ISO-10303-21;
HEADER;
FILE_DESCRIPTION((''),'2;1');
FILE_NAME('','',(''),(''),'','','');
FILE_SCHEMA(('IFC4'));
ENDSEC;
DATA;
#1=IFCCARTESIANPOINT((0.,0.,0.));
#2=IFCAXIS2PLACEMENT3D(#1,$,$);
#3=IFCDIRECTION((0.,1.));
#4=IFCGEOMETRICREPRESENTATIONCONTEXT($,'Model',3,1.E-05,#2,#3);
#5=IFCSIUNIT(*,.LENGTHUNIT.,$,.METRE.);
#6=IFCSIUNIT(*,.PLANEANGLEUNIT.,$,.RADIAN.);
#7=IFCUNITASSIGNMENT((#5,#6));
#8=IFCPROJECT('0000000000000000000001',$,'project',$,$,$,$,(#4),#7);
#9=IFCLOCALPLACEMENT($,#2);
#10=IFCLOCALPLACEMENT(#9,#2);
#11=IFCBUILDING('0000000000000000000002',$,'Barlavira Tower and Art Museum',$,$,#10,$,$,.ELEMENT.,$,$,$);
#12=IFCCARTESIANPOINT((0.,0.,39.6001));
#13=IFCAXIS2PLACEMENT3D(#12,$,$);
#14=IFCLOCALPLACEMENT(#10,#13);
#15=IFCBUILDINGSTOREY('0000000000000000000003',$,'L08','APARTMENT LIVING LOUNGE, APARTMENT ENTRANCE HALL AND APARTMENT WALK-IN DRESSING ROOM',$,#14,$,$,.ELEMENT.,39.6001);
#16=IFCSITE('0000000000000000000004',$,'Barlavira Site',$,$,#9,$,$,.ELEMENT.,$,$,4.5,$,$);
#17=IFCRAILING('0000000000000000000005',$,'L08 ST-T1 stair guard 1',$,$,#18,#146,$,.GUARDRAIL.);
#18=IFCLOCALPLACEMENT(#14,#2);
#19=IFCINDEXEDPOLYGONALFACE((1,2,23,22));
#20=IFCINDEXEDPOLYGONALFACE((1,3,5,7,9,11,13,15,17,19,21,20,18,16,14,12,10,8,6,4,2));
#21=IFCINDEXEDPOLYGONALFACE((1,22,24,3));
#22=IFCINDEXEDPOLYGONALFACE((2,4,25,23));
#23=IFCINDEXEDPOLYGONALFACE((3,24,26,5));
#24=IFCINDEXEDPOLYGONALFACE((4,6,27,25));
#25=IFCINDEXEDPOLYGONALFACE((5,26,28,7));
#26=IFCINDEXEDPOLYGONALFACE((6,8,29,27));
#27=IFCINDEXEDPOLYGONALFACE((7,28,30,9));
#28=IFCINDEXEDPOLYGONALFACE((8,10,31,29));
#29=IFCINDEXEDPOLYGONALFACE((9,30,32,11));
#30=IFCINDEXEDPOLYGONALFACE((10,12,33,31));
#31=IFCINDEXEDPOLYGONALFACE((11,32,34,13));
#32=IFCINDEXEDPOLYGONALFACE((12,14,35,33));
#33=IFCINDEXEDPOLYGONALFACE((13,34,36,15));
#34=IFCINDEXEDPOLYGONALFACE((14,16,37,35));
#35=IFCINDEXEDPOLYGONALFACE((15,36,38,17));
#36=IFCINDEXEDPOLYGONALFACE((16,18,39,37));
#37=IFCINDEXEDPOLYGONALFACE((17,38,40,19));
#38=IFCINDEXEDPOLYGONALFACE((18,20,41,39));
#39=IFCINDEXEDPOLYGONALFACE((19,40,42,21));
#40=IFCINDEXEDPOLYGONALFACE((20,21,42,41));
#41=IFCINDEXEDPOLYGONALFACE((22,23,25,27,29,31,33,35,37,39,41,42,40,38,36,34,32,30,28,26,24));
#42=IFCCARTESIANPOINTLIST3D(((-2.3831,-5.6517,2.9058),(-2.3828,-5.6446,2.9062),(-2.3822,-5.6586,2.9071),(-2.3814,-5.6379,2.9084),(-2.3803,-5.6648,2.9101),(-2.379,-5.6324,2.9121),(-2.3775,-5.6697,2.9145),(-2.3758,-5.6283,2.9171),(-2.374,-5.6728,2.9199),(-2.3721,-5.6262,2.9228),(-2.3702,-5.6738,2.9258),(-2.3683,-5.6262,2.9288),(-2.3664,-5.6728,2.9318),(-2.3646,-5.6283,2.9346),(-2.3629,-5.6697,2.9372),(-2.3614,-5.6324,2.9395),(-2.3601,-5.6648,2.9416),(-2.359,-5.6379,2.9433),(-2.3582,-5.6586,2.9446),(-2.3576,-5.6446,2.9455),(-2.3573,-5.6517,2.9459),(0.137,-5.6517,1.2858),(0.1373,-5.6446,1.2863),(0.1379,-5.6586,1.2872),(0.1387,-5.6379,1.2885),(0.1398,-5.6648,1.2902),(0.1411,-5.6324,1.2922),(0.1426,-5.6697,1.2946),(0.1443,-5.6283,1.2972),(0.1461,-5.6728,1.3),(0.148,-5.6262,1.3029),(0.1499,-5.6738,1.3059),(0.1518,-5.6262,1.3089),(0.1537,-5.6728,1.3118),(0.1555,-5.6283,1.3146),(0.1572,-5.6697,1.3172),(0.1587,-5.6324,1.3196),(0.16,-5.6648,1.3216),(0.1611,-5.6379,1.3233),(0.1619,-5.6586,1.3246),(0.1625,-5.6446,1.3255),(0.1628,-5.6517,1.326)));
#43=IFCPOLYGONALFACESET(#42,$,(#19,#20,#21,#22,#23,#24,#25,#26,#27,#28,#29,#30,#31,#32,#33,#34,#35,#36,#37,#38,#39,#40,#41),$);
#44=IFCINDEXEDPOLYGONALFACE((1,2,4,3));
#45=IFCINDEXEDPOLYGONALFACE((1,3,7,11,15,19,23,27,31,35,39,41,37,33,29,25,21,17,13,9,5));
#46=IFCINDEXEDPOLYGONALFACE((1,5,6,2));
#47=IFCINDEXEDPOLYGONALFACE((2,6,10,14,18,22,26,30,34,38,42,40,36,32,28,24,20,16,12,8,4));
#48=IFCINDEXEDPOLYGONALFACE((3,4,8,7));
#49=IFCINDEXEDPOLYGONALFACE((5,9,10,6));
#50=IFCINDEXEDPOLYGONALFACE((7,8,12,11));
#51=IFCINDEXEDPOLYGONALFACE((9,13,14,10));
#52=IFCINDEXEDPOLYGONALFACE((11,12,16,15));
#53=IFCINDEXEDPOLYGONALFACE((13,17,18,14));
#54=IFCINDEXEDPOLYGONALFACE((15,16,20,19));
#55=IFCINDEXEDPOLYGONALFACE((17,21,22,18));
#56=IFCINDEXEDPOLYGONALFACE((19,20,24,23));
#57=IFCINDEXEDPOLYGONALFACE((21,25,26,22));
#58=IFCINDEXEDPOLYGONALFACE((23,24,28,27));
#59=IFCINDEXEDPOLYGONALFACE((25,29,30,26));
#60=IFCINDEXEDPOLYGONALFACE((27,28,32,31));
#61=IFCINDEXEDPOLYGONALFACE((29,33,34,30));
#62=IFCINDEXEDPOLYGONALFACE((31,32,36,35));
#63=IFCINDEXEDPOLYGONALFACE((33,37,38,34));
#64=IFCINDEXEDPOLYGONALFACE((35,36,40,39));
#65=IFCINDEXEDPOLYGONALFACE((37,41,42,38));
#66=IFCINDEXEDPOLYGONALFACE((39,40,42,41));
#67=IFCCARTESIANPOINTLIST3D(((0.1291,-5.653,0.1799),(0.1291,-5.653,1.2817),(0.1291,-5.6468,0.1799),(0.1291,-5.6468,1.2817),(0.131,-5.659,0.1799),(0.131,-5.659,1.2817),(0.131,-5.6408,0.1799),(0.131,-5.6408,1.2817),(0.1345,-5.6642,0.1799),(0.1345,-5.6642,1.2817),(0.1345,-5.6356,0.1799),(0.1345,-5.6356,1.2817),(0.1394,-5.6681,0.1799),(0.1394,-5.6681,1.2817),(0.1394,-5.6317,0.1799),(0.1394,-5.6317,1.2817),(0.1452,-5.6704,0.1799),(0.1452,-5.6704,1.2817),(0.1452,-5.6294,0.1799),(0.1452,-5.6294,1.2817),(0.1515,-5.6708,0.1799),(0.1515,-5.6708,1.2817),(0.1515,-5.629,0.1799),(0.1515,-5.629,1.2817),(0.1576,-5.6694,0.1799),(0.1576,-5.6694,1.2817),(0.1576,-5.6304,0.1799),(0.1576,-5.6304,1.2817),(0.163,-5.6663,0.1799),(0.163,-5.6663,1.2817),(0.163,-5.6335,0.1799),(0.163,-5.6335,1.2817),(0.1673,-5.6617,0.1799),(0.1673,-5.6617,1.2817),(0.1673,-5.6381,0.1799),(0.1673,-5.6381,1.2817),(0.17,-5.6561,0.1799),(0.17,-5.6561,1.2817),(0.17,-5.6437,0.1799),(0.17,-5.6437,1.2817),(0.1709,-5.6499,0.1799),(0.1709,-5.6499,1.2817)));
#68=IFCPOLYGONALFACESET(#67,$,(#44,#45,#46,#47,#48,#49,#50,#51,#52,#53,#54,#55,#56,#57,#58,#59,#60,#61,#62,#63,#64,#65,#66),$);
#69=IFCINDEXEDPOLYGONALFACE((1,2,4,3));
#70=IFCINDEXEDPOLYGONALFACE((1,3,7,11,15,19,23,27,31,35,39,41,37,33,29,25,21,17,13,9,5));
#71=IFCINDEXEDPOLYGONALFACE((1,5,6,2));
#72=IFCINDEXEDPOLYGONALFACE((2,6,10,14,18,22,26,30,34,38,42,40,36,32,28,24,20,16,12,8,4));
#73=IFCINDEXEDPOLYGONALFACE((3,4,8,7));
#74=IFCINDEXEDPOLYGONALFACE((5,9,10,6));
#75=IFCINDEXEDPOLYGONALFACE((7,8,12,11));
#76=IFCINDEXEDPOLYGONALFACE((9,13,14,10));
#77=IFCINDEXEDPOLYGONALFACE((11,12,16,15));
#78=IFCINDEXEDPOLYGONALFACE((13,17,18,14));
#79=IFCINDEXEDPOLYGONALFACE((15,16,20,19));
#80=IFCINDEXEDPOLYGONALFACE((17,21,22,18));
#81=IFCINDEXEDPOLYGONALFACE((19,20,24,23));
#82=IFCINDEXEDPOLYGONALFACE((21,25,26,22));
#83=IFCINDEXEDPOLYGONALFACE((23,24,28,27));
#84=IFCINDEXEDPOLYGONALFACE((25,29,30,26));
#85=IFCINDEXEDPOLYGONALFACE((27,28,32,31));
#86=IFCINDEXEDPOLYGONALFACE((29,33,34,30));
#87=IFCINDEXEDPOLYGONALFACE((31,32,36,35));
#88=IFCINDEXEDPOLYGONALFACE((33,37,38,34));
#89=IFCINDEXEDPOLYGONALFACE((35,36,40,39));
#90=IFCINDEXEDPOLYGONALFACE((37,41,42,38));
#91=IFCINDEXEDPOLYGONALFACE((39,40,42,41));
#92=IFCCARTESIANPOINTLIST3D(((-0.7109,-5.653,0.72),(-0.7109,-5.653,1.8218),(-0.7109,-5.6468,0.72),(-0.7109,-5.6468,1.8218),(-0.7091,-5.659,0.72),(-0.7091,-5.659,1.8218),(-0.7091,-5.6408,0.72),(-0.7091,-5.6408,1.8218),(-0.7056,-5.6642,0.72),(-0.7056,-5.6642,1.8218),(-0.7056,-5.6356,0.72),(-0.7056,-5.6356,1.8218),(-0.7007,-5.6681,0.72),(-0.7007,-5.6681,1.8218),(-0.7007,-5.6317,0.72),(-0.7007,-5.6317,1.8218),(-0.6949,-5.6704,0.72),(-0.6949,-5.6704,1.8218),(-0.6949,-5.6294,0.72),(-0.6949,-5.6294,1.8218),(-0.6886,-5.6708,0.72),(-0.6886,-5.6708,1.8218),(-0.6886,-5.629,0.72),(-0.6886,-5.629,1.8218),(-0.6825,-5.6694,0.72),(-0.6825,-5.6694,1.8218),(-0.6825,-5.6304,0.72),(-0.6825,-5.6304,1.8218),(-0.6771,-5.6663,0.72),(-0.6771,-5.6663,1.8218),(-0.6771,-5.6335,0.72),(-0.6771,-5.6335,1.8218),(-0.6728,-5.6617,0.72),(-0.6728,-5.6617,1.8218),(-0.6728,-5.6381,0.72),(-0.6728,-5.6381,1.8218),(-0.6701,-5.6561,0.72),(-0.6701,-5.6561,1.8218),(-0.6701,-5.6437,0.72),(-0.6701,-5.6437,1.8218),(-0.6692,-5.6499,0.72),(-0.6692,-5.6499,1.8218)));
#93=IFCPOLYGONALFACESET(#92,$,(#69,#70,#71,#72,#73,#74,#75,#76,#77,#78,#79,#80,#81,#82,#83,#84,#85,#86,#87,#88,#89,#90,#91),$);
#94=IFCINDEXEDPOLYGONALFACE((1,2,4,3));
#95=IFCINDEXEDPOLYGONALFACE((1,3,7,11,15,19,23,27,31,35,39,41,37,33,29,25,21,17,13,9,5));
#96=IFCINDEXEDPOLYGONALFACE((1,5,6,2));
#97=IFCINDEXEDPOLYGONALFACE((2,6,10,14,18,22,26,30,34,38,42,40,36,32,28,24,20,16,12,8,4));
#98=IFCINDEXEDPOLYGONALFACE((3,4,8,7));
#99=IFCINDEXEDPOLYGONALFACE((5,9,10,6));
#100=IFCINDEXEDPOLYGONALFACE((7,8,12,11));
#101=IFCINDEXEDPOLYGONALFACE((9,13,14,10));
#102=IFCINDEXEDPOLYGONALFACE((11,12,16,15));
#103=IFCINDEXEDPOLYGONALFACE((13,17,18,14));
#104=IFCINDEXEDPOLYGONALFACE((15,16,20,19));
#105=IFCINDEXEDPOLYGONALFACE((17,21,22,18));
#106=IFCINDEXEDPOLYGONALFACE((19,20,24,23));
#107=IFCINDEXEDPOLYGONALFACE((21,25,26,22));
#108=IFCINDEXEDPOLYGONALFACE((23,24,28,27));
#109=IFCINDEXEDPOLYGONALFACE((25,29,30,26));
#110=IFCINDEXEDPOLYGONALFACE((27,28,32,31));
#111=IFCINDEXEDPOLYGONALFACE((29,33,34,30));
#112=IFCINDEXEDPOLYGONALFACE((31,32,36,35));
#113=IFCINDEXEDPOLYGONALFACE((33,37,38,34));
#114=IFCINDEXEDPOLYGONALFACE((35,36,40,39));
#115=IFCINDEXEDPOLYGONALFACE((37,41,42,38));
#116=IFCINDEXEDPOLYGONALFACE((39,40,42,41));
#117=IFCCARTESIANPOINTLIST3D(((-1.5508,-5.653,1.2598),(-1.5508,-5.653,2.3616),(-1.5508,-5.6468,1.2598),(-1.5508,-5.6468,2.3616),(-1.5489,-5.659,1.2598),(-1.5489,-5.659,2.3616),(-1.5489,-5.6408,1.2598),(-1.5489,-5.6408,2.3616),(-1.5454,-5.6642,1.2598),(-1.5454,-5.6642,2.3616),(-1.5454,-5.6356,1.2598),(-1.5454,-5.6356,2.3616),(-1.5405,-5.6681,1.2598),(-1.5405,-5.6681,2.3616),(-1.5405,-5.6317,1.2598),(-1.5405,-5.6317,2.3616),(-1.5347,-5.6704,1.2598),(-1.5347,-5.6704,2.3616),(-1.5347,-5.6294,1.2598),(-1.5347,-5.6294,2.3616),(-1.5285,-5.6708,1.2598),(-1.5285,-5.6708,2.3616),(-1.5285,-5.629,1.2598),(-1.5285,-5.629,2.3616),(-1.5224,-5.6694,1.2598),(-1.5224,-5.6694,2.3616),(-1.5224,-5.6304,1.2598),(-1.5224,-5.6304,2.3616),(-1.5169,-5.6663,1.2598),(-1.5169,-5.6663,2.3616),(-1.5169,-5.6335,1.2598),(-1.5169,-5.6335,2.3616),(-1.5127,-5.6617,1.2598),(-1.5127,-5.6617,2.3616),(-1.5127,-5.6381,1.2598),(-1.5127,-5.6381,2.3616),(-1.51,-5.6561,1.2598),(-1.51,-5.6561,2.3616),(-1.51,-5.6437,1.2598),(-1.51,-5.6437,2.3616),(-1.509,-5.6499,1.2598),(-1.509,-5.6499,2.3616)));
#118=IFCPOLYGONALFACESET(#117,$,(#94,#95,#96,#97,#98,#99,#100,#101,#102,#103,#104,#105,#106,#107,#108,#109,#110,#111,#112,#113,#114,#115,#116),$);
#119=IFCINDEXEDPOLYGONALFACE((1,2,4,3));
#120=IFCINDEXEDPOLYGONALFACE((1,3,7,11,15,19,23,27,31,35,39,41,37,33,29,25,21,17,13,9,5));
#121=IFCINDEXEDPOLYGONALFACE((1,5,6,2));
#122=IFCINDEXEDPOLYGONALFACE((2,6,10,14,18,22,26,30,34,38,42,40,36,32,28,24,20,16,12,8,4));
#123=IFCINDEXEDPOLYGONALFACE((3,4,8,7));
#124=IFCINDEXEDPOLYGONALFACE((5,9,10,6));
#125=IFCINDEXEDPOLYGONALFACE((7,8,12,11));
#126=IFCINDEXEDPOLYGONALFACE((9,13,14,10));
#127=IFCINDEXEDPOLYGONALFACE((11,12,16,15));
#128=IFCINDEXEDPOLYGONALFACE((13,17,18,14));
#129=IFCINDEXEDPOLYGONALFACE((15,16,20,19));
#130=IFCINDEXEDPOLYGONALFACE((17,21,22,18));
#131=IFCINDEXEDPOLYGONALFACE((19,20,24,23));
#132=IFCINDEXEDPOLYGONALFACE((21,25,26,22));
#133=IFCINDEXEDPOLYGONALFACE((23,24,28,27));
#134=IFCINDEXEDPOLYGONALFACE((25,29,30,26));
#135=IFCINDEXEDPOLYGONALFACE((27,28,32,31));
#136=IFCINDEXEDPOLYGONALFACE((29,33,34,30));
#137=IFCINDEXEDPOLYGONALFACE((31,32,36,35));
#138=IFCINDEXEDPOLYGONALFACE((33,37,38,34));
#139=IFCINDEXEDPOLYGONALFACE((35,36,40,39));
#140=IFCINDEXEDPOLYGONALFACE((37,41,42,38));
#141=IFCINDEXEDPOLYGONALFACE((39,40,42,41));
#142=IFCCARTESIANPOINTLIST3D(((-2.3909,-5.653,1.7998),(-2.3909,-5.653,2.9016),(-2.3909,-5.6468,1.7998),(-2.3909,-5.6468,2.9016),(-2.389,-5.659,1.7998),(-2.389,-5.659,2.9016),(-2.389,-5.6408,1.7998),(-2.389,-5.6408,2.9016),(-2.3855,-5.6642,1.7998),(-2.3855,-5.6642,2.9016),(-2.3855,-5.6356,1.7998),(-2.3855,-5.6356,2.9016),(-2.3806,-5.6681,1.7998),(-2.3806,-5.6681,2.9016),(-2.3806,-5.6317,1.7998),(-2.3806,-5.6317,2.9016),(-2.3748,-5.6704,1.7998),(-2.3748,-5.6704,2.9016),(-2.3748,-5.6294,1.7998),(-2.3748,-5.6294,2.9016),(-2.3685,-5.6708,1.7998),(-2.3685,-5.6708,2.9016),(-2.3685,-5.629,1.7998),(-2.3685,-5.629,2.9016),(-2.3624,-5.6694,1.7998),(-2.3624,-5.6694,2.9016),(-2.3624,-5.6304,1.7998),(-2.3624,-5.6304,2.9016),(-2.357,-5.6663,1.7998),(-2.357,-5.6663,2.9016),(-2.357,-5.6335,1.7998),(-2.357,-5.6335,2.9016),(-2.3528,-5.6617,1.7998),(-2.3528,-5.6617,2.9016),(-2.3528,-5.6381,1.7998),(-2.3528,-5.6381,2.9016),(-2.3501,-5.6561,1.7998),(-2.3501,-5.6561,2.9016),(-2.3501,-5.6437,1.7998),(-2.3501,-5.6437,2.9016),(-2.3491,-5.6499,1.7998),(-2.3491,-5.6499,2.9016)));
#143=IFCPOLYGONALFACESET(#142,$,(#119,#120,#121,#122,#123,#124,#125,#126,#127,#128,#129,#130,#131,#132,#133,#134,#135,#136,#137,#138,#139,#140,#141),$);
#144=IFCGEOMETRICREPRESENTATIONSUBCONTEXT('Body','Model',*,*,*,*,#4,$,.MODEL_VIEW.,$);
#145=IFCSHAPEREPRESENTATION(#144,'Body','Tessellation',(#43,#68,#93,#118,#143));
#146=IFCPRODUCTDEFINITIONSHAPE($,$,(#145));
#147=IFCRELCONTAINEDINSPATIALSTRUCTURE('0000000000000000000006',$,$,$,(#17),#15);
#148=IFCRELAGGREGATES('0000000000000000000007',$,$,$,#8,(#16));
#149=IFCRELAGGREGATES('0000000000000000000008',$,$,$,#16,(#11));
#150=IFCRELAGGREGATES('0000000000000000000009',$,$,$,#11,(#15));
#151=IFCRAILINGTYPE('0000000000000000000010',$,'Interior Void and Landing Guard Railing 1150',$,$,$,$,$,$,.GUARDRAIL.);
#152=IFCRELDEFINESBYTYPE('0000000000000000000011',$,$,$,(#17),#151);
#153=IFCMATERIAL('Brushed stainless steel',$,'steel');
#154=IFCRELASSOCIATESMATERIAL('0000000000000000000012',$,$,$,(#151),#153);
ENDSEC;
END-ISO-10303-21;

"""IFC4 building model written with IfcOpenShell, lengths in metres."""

from ifc_helpers import new_model, si_unit, direction, frame, origin, origin_2d, place, context, subcontext, project, spatial, circle, extrude, material, type_object, element, save


model = new_model("IFC4")

# Units and contexts
model_context = context("Model", 3, precision=1e-05, world=origin(), true_north=direction((0.0, 1.0)))
body_context = subcontext(model_context, "Body", "Model", "MODEL_VIEW")
ifc_project = project(units=[si_unit("LENGTHUNIT", "METRE"), si_unit("PLANEANGLEUNIT", "RADIAN")], contexts=[model_context])

# Site, building, storey
site_placement = place(None, origin())
site = spatial("IfcSite", under=ifc_project, at=site_placement, Name="Barlavira Site", CompositionType="ELEMENT", RefElevation=4.5)
building_placement = place(site_placement, origin())
building = spatial("IfcBuilding", under=site, at=building_placement, Name="Barlavira Tower and Art Museum", CompositionType="ELEMENT")
storey_placement = place(building_placement, frame((0.0, 0.0, 39.6001)))
storey = spatial("IfcBuildingStorey", under=building, at=storey_placement, Name="L08", Description="APARTMENT LIVING LOUNGE, APARTMENT ENTRANCE HALL AND APARTMENT WALK-IN DRESSING ROOM", CompositionType="ELEMENT", Elevation=39.6001)

# Shared definitions
ifc_material_1 = material(Name="Brushed stainless steel", Category="steel")

# Railing
railing_type_1 = type_object("IfcRailingType", Name="Interior Void and Landing Guard Railing 1150", PredefinedType="GUARDRAIL", material=ifc_material_1)
railing_1_placement = place(storey_placement, frame((0.1499, -5.6499, 0.1799)))
element("IfcRailing", 1, at=railing_1_placement, inside=storey, type_object=railing_type_1, Name="L08 ST-T1 stair guard 1", PredefinedType="GUARDRAIL", context=body_context, shape_type="SweptSolid", body=[
    extrude(circle(Radius=0.0239, at=origin_2d()), frame((0.0, 0.0, 1.126), z_axis=(-0.8412, 0.0, 0.540725), x_axis=(0.0, -1.0, 0.0)), (0.0, 0.0, 1.0), 2.9958),
    extrude(circle(Radius=0.021, at=origin_2d()), origin(), (0.0, 0.0, 1.0), 1.1018),
    extrude(circle(Radius=0.021, at=origin_2d()), frame((-0.8401, 0.0, 0.54)), (0.0, 0.0, 1.0), 1.1018),
    extrude(circle(Radius=0.021, at=origin_2d()), frame((-1.6799, 0.0, 1.0798)), (0.0, 0.0, 1.0), 1.1018),
    extrude(circle(Radius=0.021, at=origin_2d()), frame((-2.52, 0.0, 1.6199)), (0.0, 0.0, 1.0), 1.1018),
])

save(model, "model.ifc")
